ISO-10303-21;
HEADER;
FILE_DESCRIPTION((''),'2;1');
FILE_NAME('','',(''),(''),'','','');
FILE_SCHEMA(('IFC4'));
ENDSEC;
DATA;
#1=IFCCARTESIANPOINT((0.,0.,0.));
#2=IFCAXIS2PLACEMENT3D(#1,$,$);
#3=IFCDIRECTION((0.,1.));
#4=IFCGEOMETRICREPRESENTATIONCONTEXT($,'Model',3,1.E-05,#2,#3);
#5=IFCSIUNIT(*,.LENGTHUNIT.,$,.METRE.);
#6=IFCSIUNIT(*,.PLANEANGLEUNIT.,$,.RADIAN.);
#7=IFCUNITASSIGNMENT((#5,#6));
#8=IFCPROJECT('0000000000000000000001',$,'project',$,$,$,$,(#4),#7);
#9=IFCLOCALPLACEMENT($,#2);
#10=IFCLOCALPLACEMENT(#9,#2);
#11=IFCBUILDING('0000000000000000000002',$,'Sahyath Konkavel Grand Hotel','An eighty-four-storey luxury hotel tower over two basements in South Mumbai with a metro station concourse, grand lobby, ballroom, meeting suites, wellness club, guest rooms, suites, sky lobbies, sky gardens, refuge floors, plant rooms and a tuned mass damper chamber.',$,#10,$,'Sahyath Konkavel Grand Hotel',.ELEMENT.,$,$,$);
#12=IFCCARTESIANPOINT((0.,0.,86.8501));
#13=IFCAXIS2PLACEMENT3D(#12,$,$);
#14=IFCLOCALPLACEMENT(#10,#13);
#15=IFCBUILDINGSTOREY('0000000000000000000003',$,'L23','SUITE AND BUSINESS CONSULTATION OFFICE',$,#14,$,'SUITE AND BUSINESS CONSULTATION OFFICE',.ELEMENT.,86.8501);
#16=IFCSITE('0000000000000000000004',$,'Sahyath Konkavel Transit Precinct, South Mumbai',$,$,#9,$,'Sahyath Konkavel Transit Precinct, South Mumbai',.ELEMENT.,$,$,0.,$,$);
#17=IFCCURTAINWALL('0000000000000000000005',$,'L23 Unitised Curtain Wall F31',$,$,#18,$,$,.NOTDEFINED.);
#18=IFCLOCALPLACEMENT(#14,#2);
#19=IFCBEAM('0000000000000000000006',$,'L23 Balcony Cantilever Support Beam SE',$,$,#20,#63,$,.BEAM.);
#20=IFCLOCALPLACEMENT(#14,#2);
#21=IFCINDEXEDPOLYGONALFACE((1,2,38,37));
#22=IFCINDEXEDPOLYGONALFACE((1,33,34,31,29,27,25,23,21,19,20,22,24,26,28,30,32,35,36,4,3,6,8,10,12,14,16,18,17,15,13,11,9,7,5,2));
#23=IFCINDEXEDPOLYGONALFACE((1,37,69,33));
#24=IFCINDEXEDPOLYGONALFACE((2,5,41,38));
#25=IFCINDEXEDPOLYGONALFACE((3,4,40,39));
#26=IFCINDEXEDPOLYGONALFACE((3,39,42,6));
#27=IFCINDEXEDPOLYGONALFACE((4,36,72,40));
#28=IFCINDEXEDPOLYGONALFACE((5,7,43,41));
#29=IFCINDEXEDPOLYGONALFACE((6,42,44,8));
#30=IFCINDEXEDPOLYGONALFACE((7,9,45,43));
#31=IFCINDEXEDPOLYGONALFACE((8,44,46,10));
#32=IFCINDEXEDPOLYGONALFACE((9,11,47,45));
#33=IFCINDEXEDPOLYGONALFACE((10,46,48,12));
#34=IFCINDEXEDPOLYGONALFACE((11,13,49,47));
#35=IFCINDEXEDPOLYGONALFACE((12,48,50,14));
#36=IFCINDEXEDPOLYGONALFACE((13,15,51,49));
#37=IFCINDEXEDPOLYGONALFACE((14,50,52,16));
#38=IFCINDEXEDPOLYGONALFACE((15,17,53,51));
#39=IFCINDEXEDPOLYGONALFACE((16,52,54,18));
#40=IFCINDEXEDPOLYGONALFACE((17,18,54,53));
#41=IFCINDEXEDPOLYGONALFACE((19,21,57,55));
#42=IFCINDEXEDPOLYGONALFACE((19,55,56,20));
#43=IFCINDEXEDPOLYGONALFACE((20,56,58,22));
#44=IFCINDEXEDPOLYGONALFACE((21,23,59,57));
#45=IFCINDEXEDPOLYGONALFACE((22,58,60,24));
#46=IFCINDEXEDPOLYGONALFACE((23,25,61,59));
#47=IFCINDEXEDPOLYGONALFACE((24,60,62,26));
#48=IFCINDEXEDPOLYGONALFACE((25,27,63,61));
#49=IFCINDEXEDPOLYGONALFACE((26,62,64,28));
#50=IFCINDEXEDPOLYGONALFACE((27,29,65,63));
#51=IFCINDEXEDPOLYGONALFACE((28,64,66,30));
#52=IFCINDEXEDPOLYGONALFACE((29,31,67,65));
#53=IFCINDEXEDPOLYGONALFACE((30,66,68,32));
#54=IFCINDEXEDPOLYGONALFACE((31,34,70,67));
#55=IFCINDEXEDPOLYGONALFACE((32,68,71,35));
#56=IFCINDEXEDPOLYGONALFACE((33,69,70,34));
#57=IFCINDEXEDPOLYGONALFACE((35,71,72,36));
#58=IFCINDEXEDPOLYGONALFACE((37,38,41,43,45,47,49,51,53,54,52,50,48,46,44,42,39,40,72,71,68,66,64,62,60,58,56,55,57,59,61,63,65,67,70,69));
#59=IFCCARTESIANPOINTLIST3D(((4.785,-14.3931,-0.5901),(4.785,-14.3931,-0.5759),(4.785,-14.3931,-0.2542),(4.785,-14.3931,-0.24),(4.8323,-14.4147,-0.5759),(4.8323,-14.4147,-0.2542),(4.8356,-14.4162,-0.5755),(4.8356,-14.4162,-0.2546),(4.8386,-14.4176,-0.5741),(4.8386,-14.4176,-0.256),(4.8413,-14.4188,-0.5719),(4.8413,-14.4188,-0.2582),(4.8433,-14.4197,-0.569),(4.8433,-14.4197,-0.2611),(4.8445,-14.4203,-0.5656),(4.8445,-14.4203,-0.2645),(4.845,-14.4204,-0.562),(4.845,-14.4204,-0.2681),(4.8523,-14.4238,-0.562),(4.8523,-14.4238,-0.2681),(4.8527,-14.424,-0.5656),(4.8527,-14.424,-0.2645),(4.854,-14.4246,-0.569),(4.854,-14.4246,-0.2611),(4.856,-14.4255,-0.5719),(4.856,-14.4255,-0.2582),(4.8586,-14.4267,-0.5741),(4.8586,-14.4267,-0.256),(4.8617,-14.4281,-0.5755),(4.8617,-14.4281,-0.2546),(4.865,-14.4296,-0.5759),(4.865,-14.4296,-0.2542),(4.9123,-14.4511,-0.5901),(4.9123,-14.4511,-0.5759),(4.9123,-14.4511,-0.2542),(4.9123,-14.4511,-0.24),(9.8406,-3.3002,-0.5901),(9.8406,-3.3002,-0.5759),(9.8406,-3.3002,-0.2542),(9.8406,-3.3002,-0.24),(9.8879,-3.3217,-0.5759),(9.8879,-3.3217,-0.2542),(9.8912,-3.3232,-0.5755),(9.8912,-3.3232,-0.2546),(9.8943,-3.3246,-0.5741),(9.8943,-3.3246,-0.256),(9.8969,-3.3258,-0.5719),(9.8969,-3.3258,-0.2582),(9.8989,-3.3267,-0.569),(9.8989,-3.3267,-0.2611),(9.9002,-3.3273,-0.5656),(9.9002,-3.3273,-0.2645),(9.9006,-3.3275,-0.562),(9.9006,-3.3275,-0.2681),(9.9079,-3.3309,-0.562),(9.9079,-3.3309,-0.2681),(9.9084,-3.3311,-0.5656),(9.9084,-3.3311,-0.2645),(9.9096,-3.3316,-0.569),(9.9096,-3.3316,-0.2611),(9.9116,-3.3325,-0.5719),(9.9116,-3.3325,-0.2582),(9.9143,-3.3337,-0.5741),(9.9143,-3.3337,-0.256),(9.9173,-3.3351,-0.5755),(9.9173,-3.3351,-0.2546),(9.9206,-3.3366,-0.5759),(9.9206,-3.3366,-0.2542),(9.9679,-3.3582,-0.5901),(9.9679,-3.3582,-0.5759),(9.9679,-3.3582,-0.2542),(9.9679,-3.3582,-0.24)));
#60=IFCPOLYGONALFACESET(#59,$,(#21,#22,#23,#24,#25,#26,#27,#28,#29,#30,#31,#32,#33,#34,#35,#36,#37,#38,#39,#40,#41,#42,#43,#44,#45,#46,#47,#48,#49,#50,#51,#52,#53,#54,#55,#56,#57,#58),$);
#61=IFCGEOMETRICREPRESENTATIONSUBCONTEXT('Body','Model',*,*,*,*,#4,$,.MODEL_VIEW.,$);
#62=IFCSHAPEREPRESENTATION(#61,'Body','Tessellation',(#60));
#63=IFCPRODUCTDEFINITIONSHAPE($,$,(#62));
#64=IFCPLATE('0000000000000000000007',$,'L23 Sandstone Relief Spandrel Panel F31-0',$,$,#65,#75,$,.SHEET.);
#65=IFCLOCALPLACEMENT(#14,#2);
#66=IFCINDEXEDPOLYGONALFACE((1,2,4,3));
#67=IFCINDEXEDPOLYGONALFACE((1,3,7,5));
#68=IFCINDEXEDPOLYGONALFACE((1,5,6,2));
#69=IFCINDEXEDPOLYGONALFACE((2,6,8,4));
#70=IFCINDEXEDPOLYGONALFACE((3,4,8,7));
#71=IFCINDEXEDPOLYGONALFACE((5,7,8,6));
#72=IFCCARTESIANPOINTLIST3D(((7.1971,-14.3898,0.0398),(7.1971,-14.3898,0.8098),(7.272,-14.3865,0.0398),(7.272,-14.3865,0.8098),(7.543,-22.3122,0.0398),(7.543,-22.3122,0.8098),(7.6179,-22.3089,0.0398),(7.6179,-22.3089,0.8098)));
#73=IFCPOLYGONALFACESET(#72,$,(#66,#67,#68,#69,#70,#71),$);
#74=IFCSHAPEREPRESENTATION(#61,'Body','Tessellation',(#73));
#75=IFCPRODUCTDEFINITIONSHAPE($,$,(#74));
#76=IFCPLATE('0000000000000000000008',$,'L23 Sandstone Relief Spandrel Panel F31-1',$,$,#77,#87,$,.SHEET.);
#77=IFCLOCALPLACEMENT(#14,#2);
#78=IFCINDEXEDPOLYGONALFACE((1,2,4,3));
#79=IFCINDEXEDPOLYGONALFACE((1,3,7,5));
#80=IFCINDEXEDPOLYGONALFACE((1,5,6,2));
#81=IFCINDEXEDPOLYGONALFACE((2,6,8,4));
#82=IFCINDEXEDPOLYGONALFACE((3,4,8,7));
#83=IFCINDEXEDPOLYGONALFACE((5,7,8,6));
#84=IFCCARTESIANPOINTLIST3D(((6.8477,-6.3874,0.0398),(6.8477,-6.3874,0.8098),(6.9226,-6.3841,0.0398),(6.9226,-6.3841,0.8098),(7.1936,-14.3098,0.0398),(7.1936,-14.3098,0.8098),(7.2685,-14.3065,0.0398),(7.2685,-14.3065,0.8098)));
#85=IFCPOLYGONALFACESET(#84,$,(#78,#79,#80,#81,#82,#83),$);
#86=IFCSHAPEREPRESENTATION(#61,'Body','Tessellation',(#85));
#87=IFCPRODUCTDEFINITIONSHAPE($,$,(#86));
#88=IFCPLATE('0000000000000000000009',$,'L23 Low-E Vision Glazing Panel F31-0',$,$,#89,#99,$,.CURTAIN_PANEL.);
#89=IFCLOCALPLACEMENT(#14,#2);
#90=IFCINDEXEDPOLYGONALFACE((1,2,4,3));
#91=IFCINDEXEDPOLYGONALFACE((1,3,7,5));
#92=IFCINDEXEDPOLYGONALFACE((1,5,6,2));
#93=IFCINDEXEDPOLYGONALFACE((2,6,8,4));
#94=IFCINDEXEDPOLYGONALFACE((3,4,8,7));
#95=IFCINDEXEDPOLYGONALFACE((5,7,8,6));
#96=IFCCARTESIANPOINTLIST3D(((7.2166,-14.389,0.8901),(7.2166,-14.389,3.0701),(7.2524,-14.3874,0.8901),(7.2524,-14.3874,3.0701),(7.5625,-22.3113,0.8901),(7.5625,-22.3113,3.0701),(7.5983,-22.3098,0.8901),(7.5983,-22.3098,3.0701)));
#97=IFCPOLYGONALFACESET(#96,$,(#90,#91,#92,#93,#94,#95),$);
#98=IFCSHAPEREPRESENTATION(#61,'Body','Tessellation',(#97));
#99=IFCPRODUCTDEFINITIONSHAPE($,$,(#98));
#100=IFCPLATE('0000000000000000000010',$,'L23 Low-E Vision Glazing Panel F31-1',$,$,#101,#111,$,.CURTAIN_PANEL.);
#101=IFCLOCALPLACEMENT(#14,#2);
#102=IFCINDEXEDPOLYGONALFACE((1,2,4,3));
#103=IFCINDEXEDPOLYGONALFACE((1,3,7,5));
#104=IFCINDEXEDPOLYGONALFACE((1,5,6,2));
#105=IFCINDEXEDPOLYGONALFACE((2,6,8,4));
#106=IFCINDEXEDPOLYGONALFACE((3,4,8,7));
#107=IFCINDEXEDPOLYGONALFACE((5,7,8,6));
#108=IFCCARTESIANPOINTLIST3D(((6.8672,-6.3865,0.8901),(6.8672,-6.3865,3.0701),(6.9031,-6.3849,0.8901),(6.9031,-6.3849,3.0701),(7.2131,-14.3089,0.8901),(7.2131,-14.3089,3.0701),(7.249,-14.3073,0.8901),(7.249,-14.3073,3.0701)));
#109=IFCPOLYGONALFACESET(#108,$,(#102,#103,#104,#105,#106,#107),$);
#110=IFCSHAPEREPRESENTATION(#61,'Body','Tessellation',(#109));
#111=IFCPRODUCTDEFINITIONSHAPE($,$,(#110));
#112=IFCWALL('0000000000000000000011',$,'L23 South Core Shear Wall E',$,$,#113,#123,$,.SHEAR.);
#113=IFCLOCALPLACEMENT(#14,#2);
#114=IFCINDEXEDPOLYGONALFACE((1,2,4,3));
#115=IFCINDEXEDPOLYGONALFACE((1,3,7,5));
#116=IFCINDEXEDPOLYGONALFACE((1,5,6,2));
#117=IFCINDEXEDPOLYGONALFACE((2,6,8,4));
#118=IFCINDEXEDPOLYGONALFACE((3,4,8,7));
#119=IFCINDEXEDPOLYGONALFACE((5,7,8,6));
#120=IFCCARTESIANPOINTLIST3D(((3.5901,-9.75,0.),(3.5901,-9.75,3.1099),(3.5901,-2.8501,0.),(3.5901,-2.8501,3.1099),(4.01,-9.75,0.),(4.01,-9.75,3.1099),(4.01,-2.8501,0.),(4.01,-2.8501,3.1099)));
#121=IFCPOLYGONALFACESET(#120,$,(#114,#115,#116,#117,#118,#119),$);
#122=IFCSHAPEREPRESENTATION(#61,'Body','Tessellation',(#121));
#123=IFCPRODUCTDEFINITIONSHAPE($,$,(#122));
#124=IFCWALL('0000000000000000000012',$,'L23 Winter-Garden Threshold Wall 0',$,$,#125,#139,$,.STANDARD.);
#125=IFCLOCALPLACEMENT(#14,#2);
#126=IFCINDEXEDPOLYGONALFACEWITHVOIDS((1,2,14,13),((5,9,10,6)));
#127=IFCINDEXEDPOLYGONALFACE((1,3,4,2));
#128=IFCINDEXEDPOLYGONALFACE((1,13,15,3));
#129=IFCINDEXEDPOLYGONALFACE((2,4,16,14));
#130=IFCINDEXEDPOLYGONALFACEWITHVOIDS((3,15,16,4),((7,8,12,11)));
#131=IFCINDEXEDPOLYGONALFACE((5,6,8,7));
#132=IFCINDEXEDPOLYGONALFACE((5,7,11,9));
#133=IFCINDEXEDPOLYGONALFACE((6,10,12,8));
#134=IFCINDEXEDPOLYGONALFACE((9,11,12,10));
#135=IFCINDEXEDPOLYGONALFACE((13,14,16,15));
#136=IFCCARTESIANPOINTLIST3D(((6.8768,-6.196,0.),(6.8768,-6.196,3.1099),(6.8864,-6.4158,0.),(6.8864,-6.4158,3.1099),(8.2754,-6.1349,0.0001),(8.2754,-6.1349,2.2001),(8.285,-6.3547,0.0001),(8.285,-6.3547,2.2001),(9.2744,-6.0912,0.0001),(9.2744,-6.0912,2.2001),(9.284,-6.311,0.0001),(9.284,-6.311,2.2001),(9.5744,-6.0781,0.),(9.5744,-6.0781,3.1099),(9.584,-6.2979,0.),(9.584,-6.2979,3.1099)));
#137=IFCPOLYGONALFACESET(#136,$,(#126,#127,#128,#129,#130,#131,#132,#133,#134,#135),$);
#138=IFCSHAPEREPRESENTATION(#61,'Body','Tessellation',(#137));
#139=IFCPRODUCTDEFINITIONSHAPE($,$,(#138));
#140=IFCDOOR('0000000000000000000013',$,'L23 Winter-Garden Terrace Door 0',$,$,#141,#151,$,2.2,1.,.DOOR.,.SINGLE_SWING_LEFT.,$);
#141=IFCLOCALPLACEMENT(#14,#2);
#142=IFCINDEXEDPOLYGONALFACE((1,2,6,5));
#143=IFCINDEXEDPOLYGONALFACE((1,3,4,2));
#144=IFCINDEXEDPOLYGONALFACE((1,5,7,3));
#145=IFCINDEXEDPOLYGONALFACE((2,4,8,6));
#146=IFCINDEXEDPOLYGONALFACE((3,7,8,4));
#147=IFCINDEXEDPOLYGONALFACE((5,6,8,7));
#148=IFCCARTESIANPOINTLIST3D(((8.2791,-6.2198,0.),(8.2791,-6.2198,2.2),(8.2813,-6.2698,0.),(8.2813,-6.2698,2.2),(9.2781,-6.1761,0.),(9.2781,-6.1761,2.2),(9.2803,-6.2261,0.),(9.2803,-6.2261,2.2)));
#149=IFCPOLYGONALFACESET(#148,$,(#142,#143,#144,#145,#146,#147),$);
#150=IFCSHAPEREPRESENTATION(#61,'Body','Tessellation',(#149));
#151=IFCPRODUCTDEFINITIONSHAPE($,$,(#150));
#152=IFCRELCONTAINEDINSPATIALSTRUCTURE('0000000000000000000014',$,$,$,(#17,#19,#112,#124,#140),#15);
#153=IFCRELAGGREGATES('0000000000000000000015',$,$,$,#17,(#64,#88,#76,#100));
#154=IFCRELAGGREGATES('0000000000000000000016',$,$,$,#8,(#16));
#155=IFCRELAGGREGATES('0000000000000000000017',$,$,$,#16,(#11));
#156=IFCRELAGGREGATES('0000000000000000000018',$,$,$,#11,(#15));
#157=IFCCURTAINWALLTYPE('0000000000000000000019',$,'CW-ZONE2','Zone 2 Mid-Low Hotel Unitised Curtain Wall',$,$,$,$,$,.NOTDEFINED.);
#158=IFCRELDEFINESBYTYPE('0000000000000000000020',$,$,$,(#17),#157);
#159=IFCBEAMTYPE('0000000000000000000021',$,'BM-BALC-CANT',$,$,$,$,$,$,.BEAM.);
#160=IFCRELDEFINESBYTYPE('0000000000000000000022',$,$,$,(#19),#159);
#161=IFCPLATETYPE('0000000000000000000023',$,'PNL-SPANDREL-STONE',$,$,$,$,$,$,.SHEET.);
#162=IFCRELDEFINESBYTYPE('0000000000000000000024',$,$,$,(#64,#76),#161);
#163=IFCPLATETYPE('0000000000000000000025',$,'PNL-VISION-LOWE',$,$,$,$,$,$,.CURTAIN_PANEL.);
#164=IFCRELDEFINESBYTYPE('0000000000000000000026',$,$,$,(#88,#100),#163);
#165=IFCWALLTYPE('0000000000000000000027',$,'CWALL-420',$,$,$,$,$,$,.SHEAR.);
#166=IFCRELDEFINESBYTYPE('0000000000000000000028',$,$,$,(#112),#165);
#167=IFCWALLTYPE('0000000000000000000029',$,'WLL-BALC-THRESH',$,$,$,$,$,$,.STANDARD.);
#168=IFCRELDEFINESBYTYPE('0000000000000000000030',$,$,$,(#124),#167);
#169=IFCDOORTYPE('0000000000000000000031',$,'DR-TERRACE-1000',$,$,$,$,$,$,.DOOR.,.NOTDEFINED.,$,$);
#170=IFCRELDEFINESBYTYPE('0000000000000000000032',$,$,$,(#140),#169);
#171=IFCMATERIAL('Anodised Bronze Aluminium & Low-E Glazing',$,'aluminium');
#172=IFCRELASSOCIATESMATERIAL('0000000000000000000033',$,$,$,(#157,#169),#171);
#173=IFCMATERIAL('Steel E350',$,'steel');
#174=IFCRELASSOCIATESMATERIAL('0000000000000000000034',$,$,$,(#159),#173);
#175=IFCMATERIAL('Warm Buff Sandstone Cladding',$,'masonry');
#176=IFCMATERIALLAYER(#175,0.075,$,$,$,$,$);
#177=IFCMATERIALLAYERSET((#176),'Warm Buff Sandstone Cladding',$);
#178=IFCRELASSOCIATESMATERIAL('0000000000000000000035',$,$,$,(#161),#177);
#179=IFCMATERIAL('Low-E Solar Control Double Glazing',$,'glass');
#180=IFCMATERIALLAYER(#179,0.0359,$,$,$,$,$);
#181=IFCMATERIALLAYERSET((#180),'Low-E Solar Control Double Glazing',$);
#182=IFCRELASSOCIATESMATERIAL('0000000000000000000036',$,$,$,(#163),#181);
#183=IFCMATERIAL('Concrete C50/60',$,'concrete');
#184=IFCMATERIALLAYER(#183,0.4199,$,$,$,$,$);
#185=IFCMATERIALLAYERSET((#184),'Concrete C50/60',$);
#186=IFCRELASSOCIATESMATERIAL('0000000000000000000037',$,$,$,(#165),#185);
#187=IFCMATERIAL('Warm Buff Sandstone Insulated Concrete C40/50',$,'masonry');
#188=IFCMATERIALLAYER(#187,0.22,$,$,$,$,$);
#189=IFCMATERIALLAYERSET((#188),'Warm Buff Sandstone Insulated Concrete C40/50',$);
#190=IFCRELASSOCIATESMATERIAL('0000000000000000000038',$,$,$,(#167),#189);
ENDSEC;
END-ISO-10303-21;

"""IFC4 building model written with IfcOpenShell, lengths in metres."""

from ifc_helpers import new_model, si_unit, direction, frame, frame_2d, origin, origin_2d, place, context, subcontext, project, spatial, rectangle, i_section, extrude, source, transform, mapped, material, layer, layer_set, material_profile, profile_set, type_object, element, fill, aggregate, save


model = new_model("IFC4")

# Units and contexts
model_context = context("Model", 3, precision=1e-05, world=origin(), true_north=direction((0.0, 1.0)))
body_context = subcontext(model_context, "Body", "Model", "MODEL_VIEW")
ifc_project = project(units=[si_unit("LENGTHUNIT", "METRE"), si_unit("PLANEANGLEUNIT", "RADIAN")], contexts=[model_context])

# Site, building, storey
site_placement = place(None, origin())
site = spatial("IfcSite", under=ifc_project, at=site_placement, Name="Sahyath Konkavel Transit Precinct, South Mumbai", LongName="Sahyath Konkavel Transit Precinct, South Mumbai", CompositionType="ELEMENT", RefElevation=0.0)
building_placement = place(site_placement, origin())
building = spatial("IfcBuilding", under=site, at=building_placement, Name="Sahyath Konkavel Grand Hotel", Description="An eighty-four-storey luxury hotel tower over two basements in South Mumbai with a metro station concourse, grand lobby, ballroom, meeting suites, wellness club, guest rooms, suites, sky lobbies, sky gardens, refuge floors, plant rooms and a tuned mass damper chamber.", LongName="Sahyath Konkavel Grand Hotel", CompositionType="ELEMENT")
storey_placement = place(building_placement, frame((0.0, 0.0, 86.8501)))
storey = spatial("IfcBuildingStorey", under=building, at=storey_placement, Name="L23", Description="SUITE AND BUSINESS CONSULTATION OFFICE", LongName="SUITE AND BUSINESS CONSULTATION OFFICE", CompositionType="ELEMENT", Elevation=86.8501)

# Shared definitions
ifc_material_1 = material(Name="Steel E350", Category="steel")

# Curtain wall
ifc_material_2 = material(Name="Anodised Bronze Aluminium & Low-E Glazing", Category="aluminium")
curtain_wall_type = type_object("IfcCurtainWallType", Name="CW-ZONE2", Description="Zone 2 Mid-Low Hotel Unitised Curtain Wall", PredefinedType="NOTDEFINED", material=ifc_material_2)
curtain_wall_placement = place(storey_placement, origin())
curtain_wall = element("IfcCurtainWall", 1, at=curtain_wall_placement, inside=storey, type_object=curtain_wall_type, Name="L23 Unitised Curtain Wall F31", PredefinedType="NOTDEFINED")

# Beam
ifc_material_profile_1 = material_profile(ifc_material_1, i_section(OverallWidth=0.1399, OverallDepth=0.3501, WebThickness=0.0081, FlangeThickness=0.0142, FilletRadius=0.0139, at=origin_2d()), Name="ISMB 350")
ifc_profile_set_1 = profile_set([ifc_material_profile_1], Name="Steel E350")
beam_type_1 = type_object("IfcBeamType", Name="BM-BALC-CANT", PredefinedType="BEAM", material=ifc_profile_set_1)
shared_shape_1 = source(origin(), body_context, "Body", "SweptSolid", [
    extrude(i_section(OverallWidth=0.1399, OverallDepth=0.3501, WebThickness=0.0081, FlangeThickness=0.0142, FilletRadius=0.0139, at=origin_2d()), origin(), (0.0, 0.0, 1.0), 12.1907),
])
beam_1_placement = place(storey_placement, frame((4.8486, -14.4221, -0.415), z_axis=(0.414713, 0.909952, 0.0), x_axis=(-0.909952, 0.414713, 0.0)))
element("IfcBeam", 2, at=beam_1_placement, inside=storey, type_object=beam_type_1, Name="L23 Balcony Cantilever Support Beam SE", PredefinedType="BEAM", context=body_context, shape_type="MappedRepresentation", body=[
    mapped(shared_shape_1, transform((0.0, 0.0, 0.0), scale=1.0)),
])

# Plates
ifc_material_3 = material(Name="Warm Buff Sandstone Cladding", Category="masonry")
ifc_layer_1 = layer(ifc_material_3, 0.075)
ifc_layer_set_1 = layer_set([ifc_layer_1], Name="Warm Buff Sandstone Cladding")
plate_type_1 = type_object("IfcPlateType", Name="PNL-SPANDREL-STONE", PredefinedType="SHEET", material=ifc_layer_set_1)
shared_shape_2 = source(origin(), body_context, "Body", "SweptSolid", [
    extrude(rectangle(XDim=7.9299, YDim=0.075, at=origin_2d()), origin(), (0.0, 0.0, 1.0), 0.77),
])
plate_1_placement = place(storey_placement, frame((7.4075, -18.3494, 0.0398), z_axis=(0.0, 0.0, 1.0), x_axis=(-0.043619, 0.999048, 0.0)))
plate_1 = element("IfcPlate", 3, at=plate_1_placement, type_object=plate_type_1, Name="L23 Sandstone Relief Spandrel Panel F31-0", PredefinedType="SHEET", context=body_context, shape_type="MappedRepresentation", body=[
    mapped(shared_shape_2, transform((0.0, 0.0, 0.0), scale=1.0)),
])
plate_2_placement = place(storey_placement, frame((7.0581, -10.3469, 0.0398), z_axis=(0.0, 0.0, 1.0), x_axis=(-0.043619, 0.999048, 0.0)))
plate_2 = element("IfcPlate", 4, at=plate_2_placement, type_object=plate_type_1, Name="L23 Sandstone Relief Spandrel Panel F31-1", PredefinedType="SHEET", context=body_context, shape_type="MappedRepresentation", body=[
    mapped(shared_shape_2, transform((0.0, 0.0, 0.0), scale=1.0)),
])
ifc_material_4 = material(Name="Low-E Solar Control Double Glazing", Category="glass")
ifc_layer_2 = layer(ifc_material_4, 0.0359)
ifc_layer_set_2 = layer_set([ifc_layer_2], Name="Low-E Solar Control Double Glazing")
plate_type_2 = type_object("IfcPlateType", Name="PNL-VISION-LOWE", PredefinedType="CURTAIN_PANEL", material=ifc_layer_set_2)
shared_shape_3 = source(origin(), body_context, "Body", "SweptSolid", [
    extrude(rectangle(XDim=7.9299, YDim=0.0359, at=origin_2d()), origin(), (0.0, 0.0, 1.0), 2.1799),
])
plate_3_placement = place(storey_placement, frame((7.4075, -18.3494, 0.8901), z_axis=(0.0, 0.0, 1.0), x_axis=(-0.043619, 0.999048, 0.0)))
plate_3 = element("IfcPlate", 5, at=plate_3_placement, type_object=plate_type_2, Name="L23 Low-E Vision Glazing Panel F31-0", PredefinedType="CURTAIN_PANEL", context=body_context, shape_type="MappedRepresentation", body=[
    mapped(shared_shape_3, transform((0.0, 0.0, 0.0), scale=1.0)),
])
plate_4_placement = place(storey_placement, frame((7.0581, -10.3469, 0.8901), z_axis=(0.0, 0.0, 1.0), x_axis=(-0.043619, 0.999048, 0.0)))
plate_4 = element("IfcPlate", 6, at=plate_4_placement, type_object=plate_type_2, Name="L23 Low-E Vision Glazing Panel F31-1", PredefinedType="CURTAIN_PANEL", context=body_context, shape_type="MappedRepresentation", body=[
    mapped(shared_shape_3, transform((0.0, 0.0, 0.0), scale=1.0)),
])
aggregate(curtain_wall, [plate_1, plate_3, plate_2, plate_4])

# Wall
ifc_material_5 = material(Name="Concrete C50/60", Category="concrete")
ifc_layer_3 = layer(ifc_material_5, 0.4199)
ifc_layer_set_3 = layer_set([ifc_layer_3], Name="Concrete C50/60")
wall_type_1 = type_object("IfcWallType", Name="CWALL-420", PredefinedType="SHEAR", material=ifc_layer_set_3)
wall_1_placement = place(storey_placement, frame((3.8, -9.75, 0.0), z_axis=(0.0, 0.0, 1.0), x_axis=(0.0, 1.0, 0.0)))
element("IfcWall", 7, at=wall_1_placement, inside=storey, type_object=wall_type_1, Name="L23 South Core Shear Wall E", PredefinedType="SHEAR", context=body_context, shape_type="SweptSolid", body=[
    extrude(rectangle(XDim=6.8999, YDim=0.4199, at=frame_2d((3.45, 0.0))), origin(), (0.0, 0.0, 1.0), 3.1099),
])

# Wall, opening, door
ifc_material_6 = material(Name="Warm Buff Sandstone Insulated Concrete C40/50", Category="masonry")
ifc_layer_4 = layer(ifc_material_6, 0.22)
ifc_layer_set_4 = layer_set([ifc_layer_4], Name="Warm Buff Sandstone Insulated Concrete C40/50")
wall_type_2 = type_object("IfcWallType", Name="WLL-BALC-THRESH", PredefinedType="STANDARD", material=ifc_layer_set_4)
wall_2_placement = place(storey_placement, frame((6.8816, -6.3059, 0.0), z_axis=(0.0, 0.0, 1.0), x_axis=(0.999046, 0.043673, 0.0)))
wall_2 = element("IfcWall", 8, at=wall_2_placement, inside=storey, type_object=wall_type_2, Name="L23 Winter-Garden Threshold Wall 0", PredefinedType="STANDARD", context=body_context, shape_type="SweptSolid", body=[
    extrude(rectangle(XDim=2.7002, YDim=0.22, at=frame_2d((1.3501, 0.0))), origin(), (0.0, 0.0, 1.0), 3.1099),
])
opening_1_placement = place(wall_2_placement, frame((1.3999, 0.0, 0.0)))
opening_1 = element("IfcOpeningElement", 9, at=opening_1_placement, cuts=wall_2, PredefinedType="OPENING", context=body_context, shape_type="SweptSolid", body=[
    extrude(rectangle(XDim=1.0, YDim=2.2, at=frame_2d((0.5, 1.1001))), frame((0.0, 0.1201, 0.0), z_axis=(0.0, -1.0, 0.0), x_axis=(1.0, 0.0, 0.0)), (0.0, 0.0, 1.0), 0.24),
])
door_type_1 = type_object("IfcDoorType", Name="DR-TERRACE-1000", OperationType="NOTDEFINED", PredefinedType="DOOR", material=ifc_material_2)
shared_shape_4 = source(origin(), body_context, "Body", "SweptSolid", [
    extrude(rectangle(XDim=1.0, YDim=0.05, at=origin_2d()), origin(), (0.0, 0.0, 1.0), 2.2),
])
door_1_placement = place(opening_1_placement, frame((0.5, 0.0, 0.0)))
door_1 = element("IfcDoor", 10, at=door_1_placement, inside=storey, type_object=door_type_1, Name="L23 Winter-Garden Terrace Door 0", OperationType="SINGLE_SWING_LEFT", OverallHeight=2.2, OverallWidth=1.0, PredefinedType="DOOR", context=body_context, shape_type="MappedRepresentation", body=[
    mapped(shared_shape_4, transform((0.0, 0.0, 0.0), scale=1.0)),
])
fill(opening_1, door_1)

save(model, "model.ifc")
